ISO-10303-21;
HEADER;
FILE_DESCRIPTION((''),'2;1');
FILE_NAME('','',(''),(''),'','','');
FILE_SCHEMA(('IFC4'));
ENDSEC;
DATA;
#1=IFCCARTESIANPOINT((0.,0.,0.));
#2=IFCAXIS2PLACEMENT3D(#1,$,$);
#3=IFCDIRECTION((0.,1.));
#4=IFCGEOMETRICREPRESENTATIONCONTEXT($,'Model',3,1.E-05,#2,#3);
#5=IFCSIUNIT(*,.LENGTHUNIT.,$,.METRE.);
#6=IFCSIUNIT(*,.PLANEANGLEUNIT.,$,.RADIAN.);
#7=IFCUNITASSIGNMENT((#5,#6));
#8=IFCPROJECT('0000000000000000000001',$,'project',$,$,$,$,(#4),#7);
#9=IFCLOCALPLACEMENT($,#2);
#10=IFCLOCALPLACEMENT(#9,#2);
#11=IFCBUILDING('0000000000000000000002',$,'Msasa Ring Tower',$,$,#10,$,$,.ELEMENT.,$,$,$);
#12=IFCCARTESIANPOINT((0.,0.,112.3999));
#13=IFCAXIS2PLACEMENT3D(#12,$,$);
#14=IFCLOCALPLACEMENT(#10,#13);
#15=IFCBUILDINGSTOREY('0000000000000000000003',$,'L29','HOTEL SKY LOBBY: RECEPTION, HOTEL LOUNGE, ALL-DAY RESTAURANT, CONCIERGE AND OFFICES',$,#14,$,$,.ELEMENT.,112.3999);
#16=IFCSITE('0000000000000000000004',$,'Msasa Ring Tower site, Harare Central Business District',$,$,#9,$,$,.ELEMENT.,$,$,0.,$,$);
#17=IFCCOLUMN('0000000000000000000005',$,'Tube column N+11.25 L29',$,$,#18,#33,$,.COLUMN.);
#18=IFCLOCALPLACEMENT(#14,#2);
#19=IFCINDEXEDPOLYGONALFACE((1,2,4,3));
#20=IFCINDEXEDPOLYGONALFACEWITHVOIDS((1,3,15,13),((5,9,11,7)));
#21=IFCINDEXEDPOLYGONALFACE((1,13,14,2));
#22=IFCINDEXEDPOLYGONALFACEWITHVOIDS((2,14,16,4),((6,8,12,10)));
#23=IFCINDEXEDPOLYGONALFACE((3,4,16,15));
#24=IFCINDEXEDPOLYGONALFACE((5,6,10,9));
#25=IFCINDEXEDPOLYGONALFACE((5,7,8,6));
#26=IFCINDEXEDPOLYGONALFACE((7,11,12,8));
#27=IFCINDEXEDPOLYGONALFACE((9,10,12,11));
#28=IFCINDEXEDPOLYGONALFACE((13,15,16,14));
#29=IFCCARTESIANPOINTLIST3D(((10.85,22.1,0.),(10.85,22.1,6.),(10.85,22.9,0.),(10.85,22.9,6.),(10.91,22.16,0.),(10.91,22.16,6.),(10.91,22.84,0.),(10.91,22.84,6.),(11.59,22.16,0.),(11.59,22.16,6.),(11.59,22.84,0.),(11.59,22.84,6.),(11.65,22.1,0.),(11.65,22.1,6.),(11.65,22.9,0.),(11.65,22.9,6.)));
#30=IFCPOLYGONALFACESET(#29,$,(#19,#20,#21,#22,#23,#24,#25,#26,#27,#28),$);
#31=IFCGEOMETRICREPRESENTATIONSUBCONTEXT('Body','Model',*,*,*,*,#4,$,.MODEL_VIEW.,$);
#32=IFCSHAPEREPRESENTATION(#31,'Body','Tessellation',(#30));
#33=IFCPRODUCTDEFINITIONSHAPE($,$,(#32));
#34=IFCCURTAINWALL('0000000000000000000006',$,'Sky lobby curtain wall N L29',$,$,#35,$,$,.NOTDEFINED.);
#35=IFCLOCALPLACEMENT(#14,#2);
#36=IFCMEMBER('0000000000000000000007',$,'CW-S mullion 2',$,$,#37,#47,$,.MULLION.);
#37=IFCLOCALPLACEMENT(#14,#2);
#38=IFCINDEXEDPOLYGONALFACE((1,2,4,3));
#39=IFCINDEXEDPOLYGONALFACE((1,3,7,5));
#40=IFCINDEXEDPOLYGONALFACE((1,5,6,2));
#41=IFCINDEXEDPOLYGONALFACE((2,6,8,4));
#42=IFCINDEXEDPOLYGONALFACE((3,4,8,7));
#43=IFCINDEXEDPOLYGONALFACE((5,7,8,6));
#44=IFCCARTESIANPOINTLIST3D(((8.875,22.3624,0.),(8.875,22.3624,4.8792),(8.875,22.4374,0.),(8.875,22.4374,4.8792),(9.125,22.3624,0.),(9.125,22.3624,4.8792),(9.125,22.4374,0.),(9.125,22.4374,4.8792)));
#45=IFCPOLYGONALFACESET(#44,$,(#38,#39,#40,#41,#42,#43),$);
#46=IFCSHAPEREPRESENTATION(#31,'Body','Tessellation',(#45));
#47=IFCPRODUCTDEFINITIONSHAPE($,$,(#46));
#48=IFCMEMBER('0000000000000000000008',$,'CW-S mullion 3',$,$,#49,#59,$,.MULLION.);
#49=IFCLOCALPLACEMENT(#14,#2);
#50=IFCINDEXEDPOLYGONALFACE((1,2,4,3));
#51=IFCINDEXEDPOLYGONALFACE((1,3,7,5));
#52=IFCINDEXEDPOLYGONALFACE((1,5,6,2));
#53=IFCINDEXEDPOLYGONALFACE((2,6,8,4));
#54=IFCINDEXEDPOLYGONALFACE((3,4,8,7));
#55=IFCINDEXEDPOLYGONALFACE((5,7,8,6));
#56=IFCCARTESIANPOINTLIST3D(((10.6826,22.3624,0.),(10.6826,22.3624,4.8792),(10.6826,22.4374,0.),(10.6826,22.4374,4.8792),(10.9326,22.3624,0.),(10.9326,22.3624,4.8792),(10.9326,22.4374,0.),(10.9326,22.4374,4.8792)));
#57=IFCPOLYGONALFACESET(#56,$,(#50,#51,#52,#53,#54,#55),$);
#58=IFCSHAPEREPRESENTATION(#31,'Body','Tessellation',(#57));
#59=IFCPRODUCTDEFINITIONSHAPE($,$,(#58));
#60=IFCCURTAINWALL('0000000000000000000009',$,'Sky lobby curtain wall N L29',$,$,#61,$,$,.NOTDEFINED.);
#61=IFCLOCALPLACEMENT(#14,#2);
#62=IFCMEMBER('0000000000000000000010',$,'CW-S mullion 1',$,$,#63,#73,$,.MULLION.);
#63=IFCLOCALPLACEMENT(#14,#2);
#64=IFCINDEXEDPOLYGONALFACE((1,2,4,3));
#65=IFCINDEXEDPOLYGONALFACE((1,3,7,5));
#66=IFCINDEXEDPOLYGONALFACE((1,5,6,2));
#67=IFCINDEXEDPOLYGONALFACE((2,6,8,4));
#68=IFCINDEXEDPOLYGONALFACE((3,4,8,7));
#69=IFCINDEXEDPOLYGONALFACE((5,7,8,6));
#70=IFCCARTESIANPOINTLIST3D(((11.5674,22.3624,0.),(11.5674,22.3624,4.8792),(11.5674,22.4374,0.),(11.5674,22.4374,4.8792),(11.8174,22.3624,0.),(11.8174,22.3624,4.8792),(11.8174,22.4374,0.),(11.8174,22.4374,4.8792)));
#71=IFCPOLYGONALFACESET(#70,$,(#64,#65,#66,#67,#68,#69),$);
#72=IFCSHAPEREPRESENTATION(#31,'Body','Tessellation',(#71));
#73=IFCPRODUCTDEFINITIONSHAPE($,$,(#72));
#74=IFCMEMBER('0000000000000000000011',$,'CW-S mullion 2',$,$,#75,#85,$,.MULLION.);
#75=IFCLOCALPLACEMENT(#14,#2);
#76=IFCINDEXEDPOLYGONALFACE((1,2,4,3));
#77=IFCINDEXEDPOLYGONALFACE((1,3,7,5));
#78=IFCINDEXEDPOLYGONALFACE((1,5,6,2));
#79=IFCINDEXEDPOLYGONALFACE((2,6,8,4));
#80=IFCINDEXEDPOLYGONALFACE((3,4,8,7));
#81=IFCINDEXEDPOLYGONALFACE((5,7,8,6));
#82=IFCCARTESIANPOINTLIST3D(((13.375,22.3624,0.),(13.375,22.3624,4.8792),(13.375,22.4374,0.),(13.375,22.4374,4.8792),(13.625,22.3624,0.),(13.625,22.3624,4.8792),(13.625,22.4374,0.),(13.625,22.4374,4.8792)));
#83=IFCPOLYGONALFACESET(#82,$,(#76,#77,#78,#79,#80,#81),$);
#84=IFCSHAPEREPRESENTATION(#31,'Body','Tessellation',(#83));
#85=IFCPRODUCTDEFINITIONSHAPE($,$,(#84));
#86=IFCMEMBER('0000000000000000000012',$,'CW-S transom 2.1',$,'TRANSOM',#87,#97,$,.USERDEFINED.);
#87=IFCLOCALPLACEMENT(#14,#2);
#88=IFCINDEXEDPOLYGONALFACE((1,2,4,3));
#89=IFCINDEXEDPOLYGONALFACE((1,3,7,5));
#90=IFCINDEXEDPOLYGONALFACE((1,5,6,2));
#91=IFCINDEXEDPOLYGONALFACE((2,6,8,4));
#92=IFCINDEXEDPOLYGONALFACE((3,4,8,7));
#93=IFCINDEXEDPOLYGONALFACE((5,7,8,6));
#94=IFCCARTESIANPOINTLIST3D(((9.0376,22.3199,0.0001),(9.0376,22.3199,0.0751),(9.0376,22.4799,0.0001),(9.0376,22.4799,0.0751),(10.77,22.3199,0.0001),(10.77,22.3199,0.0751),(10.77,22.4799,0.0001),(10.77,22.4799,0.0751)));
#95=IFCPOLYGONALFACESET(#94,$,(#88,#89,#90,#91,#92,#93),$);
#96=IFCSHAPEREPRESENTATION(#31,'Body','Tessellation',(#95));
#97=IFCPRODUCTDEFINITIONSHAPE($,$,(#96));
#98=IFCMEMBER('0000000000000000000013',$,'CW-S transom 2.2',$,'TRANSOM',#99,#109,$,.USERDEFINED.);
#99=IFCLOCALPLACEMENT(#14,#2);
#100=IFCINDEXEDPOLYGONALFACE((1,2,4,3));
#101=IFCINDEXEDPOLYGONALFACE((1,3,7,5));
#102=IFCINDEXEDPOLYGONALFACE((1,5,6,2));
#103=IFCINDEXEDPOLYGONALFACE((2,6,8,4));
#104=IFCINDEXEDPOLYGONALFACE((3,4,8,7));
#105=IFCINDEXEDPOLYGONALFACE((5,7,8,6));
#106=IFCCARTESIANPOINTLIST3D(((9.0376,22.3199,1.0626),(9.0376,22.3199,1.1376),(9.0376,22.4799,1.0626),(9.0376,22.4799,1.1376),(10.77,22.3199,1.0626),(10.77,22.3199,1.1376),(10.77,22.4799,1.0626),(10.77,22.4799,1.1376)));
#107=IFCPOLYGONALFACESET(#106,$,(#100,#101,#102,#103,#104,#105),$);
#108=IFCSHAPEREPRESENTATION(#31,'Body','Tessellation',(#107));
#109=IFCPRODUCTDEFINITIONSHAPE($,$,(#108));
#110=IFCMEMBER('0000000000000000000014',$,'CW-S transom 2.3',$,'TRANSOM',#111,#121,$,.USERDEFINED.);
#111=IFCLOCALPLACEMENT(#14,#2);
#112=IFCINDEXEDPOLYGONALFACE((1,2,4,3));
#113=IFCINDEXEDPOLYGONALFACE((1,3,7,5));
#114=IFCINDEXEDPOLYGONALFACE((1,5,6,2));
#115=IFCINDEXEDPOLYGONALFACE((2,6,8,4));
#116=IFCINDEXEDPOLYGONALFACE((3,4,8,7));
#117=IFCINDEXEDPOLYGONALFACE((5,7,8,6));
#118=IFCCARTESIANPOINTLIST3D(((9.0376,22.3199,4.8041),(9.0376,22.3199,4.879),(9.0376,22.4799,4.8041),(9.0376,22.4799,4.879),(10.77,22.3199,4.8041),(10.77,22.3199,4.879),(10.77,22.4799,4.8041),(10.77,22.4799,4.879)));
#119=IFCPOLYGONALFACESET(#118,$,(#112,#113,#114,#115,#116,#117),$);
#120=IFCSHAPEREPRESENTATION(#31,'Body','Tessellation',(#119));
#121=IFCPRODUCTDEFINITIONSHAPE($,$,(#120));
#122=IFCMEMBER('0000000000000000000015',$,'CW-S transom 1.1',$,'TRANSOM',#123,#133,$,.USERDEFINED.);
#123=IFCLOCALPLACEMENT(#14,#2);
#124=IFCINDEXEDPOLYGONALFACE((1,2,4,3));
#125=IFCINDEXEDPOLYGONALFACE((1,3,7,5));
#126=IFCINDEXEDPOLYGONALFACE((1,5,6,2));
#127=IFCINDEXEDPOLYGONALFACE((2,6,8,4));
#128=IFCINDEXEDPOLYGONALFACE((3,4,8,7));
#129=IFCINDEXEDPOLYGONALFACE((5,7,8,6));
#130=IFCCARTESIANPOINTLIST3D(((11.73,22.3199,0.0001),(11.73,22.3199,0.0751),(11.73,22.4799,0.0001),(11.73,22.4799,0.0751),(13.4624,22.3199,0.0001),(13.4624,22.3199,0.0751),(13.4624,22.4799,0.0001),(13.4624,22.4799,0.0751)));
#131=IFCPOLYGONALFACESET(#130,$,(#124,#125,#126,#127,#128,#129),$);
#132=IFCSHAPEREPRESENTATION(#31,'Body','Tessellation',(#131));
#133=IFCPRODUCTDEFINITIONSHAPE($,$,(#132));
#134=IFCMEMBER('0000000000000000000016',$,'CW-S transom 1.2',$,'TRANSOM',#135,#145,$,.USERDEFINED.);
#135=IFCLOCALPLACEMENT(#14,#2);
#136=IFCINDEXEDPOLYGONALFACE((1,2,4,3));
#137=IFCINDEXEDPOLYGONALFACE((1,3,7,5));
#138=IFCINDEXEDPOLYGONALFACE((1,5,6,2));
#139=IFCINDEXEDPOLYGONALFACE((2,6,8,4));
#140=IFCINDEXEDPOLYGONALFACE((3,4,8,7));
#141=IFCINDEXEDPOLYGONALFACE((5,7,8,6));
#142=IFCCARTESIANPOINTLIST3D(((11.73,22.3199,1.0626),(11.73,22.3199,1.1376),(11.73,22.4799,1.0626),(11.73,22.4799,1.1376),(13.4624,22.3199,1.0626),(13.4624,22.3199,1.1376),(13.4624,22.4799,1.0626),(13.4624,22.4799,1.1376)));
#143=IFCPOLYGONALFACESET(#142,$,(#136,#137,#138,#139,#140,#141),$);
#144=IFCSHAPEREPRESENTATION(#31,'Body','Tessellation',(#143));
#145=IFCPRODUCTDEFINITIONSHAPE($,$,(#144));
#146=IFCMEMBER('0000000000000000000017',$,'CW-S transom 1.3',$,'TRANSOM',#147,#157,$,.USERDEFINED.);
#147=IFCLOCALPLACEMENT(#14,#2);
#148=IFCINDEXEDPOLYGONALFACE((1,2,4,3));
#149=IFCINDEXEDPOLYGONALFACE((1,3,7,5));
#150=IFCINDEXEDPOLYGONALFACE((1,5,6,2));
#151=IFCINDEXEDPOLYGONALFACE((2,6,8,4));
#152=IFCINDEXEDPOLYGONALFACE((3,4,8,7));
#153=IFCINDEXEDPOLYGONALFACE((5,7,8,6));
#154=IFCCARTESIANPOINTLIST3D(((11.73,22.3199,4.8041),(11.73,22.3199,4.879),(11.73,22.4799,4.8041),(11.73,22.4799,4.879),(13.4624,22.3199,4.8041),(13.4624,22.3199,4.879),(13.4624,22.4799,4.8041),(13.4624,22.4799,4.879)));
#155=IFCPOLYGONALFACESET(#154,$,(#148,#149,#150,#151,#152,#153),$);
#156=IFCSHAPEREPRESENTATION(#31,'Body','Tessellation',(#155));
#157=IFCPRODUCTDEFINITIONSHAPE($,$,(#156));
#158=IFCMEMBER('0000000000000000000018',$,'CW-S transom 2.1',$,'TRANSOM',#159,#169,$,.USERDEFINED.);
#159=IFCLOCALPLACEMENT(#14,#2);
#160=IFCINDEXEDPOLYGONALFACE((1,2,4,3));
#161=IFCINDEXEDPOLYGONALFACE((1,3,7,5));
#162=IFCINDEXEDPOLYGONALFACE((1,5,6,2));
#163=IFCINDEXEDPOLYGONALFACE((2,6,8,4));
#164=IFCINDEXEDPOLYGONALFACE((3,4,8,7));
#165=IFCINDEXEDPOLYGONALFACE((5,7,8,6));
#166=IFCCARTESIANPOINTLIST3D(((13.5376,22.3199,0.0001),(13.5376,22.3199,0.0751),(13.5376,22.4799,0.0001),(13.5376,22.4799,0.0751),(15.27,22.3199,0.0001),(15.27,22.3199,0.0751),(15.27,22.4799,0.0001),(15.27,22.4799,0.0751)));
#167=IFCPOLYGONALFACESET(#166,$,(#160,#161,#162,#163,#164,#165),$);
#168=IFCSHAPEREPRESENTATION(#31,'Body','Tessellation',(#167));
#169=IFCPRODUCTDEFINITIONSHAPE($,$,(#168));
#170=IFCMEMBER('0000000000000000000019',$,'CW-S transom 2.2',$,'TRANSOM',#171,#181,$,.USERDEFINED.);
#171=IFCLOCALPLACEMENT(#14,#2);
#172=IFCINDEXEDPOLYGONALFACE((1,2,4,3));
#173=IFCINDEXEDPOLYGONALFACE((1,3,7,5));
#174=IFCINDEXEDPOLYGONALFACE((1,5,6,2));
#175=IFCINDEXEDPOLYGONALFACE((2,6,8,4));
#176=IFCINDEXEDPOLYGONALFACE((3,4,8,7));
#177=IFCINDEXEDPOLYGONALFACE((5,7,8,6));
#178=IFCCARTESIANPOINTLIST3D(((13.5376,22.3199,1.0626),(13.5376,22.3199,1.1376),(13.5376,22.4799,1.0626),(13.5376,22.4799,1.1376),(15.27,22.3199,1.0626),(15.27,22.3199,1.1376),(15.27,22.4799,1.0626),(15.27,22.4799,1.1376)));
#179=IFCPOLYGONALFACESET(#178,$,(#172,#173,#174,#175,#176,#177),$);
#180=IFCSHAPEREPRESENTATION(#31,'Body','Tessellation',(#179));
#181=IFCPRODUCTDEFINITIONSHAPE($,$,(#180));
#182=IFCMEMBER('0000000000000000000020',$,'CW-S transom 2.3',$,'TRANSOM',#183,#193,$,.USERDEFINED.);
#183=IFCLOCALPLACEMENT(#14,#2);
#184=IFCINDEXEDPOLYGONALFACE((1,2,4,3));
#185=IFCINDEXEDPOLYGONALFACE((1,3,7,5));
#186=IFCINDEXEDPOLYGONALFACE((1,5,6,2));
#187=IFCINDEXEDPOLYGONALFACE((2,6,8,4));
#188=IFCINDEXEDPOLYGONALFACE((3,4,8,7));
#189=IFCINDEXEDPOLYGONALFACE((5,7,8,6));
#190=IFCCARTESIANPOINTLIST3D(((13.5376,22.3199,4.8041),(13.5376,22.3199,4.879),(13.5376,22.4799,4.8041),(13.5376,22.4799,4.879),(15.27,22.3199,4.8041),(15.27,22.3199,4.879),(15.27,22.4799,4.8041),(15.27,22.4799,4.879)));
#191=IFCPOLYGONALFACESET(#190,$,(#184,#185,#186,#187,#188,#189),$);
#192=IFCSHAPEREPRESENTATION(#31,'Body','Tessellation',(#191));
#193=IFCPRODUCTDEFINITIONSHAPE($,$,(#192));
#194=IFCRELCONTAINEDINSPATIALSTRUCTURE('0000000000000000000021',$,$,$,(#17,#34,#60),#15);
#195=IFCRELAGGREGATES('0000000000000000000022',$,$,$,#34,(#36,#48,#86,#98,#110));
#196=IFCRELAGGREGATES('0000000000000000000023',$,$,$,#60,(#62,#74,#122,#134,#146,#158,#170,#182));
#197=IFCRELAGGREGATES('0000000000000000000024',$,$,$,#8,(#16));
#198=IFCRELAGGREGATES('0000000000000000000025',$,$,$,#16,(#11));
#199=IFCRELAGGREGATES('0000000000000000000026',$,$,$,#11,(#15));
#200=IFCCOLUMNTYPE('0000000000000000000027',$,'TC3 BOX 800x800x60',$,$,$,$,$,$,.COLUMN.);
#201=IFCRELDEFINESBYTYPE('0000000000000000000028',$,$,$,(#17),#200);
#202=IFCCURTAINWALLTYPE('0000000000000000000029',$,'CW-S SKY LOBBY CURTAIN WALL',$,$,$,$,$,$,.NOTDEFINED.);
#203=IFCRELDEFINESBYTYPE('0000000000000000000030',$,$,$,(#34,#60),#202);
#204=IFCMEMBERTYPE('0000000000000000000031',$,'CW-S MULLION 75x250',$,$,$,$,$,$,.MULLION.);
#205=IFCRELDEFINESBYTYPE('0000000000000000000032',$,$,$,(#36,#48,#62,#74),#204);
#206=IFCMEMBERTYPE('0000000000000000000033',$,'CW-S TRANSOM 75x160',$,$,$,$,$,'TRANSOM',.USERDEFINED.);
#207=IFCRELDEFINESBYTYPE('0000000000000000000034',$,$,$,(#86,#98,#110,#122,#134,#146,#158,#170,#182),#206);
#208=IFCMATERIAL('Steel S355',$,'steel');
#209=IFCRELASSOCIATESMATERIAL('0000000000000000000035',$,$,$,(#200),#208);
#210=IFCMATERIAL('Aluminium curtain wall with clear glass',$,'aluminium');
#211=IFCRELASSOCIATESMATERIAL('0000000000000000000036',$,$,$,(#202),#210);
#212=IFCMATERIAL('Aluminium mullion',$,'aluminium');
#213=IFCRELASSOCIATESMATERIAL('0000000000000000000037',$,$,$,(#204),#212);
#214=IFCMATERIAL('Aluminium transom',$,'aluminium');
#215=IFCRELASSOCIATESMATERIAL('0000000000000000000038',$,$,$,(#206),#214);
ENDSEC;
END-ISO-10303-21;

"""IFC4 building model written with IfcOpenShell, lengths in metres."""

from ifc_helpers import new_model, si_unit, direction, frame, origin, origin_2d, place, context, subcontext, project, spatial, rectangle, hollow_rectangle, extrude, material, material_profile, profile_set, type_object, element, aggregate, save


model = new_model("IFC4")

# Units and contexts
model_context = context("Model", 3, precision=1e-05, world=origin(), true_north=direction((0.0, 1.0)))
body_context = subcontext(model_context, "Body", "Model", "MODEL_VIEW")
ifc_project = project(units=[si_unit("LENGTHUNIT", "METRE"), si_unit("PLANEANGLEUNIT", "RADIAN")], contexts=[model_context])

# Site, building, storey
site_placement = place(None, origin())
site = spatial("IfcSite", under=ifc_project, at=site_placement, Name="Msasa Ring Tower site, Harare Central Business District", CompositionType="ELEMENT", RefElevation=0.0)
building_placement = place(site_placement, origin())
building = spatial("IfcBuilding", under=site, at=building_placement, Name="Msasa Ring Tower", CompositionType="ELEMENT")
storey_placement = place(building_placement, frame((0.0, 0.0, 112.3999)))
storey = spatial("IfcBuildingStorey", under=building, at=storey_placement, Name="L29", Description="HOTEL SKY LOBBY: RECEPTION, HOTEL LOUNGE, ALL-DAY RESTAURANT, CONCIERGE AND OFFICES", CompositionType="ELEMENT", Elevation=112.3999)

# Column
ifc_material_1 = material(Name="Steel S355", Category="steel")
ifc_material_profile_1 = material_profile(ifc_material_1, hollow_rectangle(XDim=0.8, YDim=0.8, WallThickness=0.0601, at=origin_2d()), Name="BOX 800x800x60")
ifc_profile_set_1 = profile_set([ifc_material_profile_1], Name="Steel S355")
column_type = type_object("IfcColumnType", Name="TC3 BOX 800x800x60", PredefinedType="COLUMN", material=ifc_profile_set_1)
column_placement = place(storey_placement, frame((11.25, 22.5, 0.0), z_axis=(0.0, 0.0, 1.0), x_axis=(0.0, 1.0, 0.0)))
element("IfcColumn", 1, at=column_placement, inside=storey, type_object=column_type, Name="Tube column N+11.25 L29", PredefinedType="COLUMN", context=body_context, shape_type="SweptSolid", body=[
    extrude(hollow_rectangle(XDim=0.8, YDim=0.8, WallThickness=0.0601, at=origin_2d()), origin(), (0.0, 0.0, 1.0), 6.0),
])

# Curtain walls, members
ifc_material_2 = material(Name="Aluminium curtain wall with clear glass", Category="aluminium")
curtain_wall_type = type_object("IfcCurtainWallType", Name="CW-S SKY LOBBY CURTAIN WALL", PredefinedType="NOTDEFINED", material=ifc_material_2)
curtain_wall_1_placement = place(storey_placement, origin())
curtain_wall_1 = element("IfcCurtainWall", 2, at=curtain_wall_1_placement, inside=storey, type_object=curtain_wall_type, Name="Sky lobby curtain wall N L29", PredefinedType="NOTDEFINED")
ifc_material_3 = material(Name="Aluminium mullion", Category="aluminium")
ifc_material_profile_2 = material_profile(ifc_material_3, rectangle(XDim=0.075, YDim=0.25, at=origin_2d()), Name="AL 75x250")
ifc_profile_set_2 = profile_set([ifc_material_profile_2], Name="Aluminium mullion")
member_type_1 = type_object("IfcMemberType", Name="CW-S MULLION 75x250", PredefinedType="MULLION", material=ifc_profile_set_2)
member_1_placement = place(storey_placement, frame((9.0, 22.3999, 0.0), z_axis=(0.0, 0.0, 1.0), x_axis=(0.0, 1.0, 0.0)))
member_1 = element("IfcMember", 3, at=member_1_placement, type_object=member_type_1, Name="CW-S mullion 2", PredefinedType="MULLION", context=body_context, shape_type="SweptSolid", body=[
    extrude(rectangle(XDim=0.075, YDim=0.25, at=origin_2d()), origin(), (0.0, 0.0, 1.0), 4.8792),
])
member_2_placement = place(storey_placement, frame((10.8076, 22.3999, 0.0), z_axis=(0.0, 0.0, 1.0), x_axis=(0.0, 1.0, 0.0)))
member_2 = element("IfcMember", 4, at=member_2_placement, type_object=member_type_1, Name="CW-S mullion 3", PredefinedType="MULLION", context=body_context, shape_type="SweptSolid", body=[
    extrude(rectangle(XDim=0.075, YDim=0.25, at=origin_2d()), origin(), (0.0, 0.0, 1.0), 4.8792),
])
curtain_wall_2_placement = place(storey_placement, origin())
curtain_wall_2 = element("IfcCurtainWall", 5, at=curtain_wall_2_placement, inside=storey, type_object=curtain_wall_type, Name="Sky lobby curtain wall N L29", PredefinedType="NOTDEFINED")
member_3_placement = place(storey_placement, frame((11.6924, 22.3999, 0.0), z_axis=(0.0, 0.0, 1.0), x_axis=(0.0, 1.0, 0.0)))
member_3 = element("IfcMember", 6, at=member_3_placement, type_object=member_type_1, Name="CW-S mullion 1", PredefinedType="MULLION", context=body_context, shape_type="SweptSolid", body=[
    extrude(rectangle(XDim=0.075, YDim=0.25, at=origin_2d()), origin(), (0.0, 0.0, 1.0), 4.8792),
])
member_4_placement = place(storey_placement, frame((13.5, 22.3999, 0.0), z_axis=(0.0, 0.0, 1.0), x_axis=(0.0, 1.0, 0.0)))
member_4 = element("IfcMember", 7, at=member_4_placement, type_object=member_type_1, Name="CW-S mullion 2", PredefinedType="MULLION", context=body_context, shape_type="SweptSolid", body=[
    extrude(rectangle(XDim=0.075, YDim=0.25, at=origin_2d()), origin(), (0.0, 0.0, 1.0), 4.8792),
])

# Members
ifc_material_4 = material(Name="Aluminium transom", Category="aluminium")
ifc_material_profile_3 = material_profile(ifc_material_4, rectangle(XDim=0.1599, YDim=0.075, at=origin_2d()), Name="AL 75x160")
ifc_profile_set_3 = profile_set([ifc_material_profile_3], Name="Aluminium transom")
member_type_2 = type_object("IfcMemberType", Name="CW-S TRANSOM 75x160", ElementType="TRANSOM", PredefinedType="USERDEFINED", material=ifc_profile_set_3)
member_5_placement = place(storey_placement, frame((9.0376, 22.3999, 0.0376), z_axis=(1.0, 0.0, 0.0), x_axis=(0.0, 1.0, 0.0)))
member_5 = element("IfcMember", 8, at=member_5_placement, type_object=member_type_2, Name="CW-S transom 2.1", ObjectType="TRANSOM", PredefinedType="USERDEFINED", context=body_context, shape_type="SweptSolid", body=[
    extrude(rectangle(XDim=0.1599, YDim=0.075, at=origin_2d()), origin(), (0.0, 0.0, 1.0), 1.7324),
])
member_6_placement = place(storey_placement, frame((9.0376, 22.3999, 1.1001), z_axis=(1.0, 0.0, 0.0), x_axis=(0.0, 1.0, 0.0)))
member_6 = element("IfcMember", 9, at=member_6_placement, type_object=member_type_2, Name="CW-S transom 2.2", ObjectType="TRANSOM", PredefinedType="USERDEFINED", context=body_context, shape_type="SweptSolid", body=[
    extrude(rectangle(XDim=0.1599, YDim=0.075, at=origin_2d()), origin(), (0.0, 0.0, 1.0), 1.7324),
])
member_7_placement = place(storey_placement, frame((9.0376, 22.3999, 4.8416), z_axis=(1.0, 0.0, 0.0), x_axis=(0.0, 1.0, 0.0)))
member_7 = element("IfcMember", 10, at=member_7_placement, type_object=member_type_2, Name="CW-S transom 2.3", ObjectType="TRANSOM", PredefinedType="USERDEFINED", context=body_context, shape_type="SweptSolid", body=[
    extrude(rectangle(XDim=0.1599, YDim=0.075, at=origin_2d()), origin(), (0.0, 0.0, 1.0), 1.7324),
])
member_8_placement = place(storey_placement, frame((11.73, 22.3999, 0.0376), z_axis=(1.0, 0.0, 0.0), x_axis=(0.0, 1.0, 0.0)))
member_8 = element("IfcMember", 11, at=member_8_placement, type_object=member_type_2, Name="CW-S transom 1.1", ObjectType="TRANSOM", PredefinedType="USERDEFINED", context=body_context, shape_type="SweptSolid", body=[
    extrude(rectangle(XDim=0.1599, YDim=0.075, at=origin_2d()), origin(), (0.0, 0.0, 1.0), 1.7324),
])
member_9_placement = place(storey_placement, frame((11.73, 22.3999, 1.1001), z_axis=(1.0, 0.0, 0.0), x_axis=(0.0, 1.0, 0.0)))
member_9 = element("IfcMember", 12, at=member_9_placement, type_object=member_type_2, Name="CW-S transom 1.2", ObjectType="TRANSOM", PredefinedType="USERDEFINED", context=body_context, shape_type="SweptSolid", body=[
    extrude(rectangle(XDim=0.1599, YDim=0.075, at=origin_2d()), origin(), (0.0, 0.0, 1.0), 1.7324),
])
member_10_placement = place(storey_placement, frame((11.73, 22.3999, 4.8416), z_axis=(1.0, 0.0, 0.0), x_axis=(0.0, 1.0, 0.0)))
member_10 = element("IfcMember", 13, at=member_10_placement, type_object=member_type_2, Name="CW-S transom 1.3", ObjectType="TRANSOM", PredefinedType="USERDEFINED", context=body_context, shape_type="SweptSolid", body=[
    extrude(rectangle(XDim=0.1599, YDim=0.075, at=origin_2d()), origin(), (0.0, 0.0, 1.0), 1.7324),
])
member_11_placement = place(storey_placement, frame((13.5376, 22.3999, 0.0376), z_axis=(1.0, 0.0, 0.0), x_axis=(0.0, 1.0, 0.0)))
member_11 = element("IfcMember", 14, at=member_11_placement, type_object=member_type_2, Name="CW-S transom 2.1", ObjectType="TRANSOM", PredefinedType="USERDEFINED", context=body_context, shape_type="SweptSolid", body=[
    extrude(rectangle(XDim=0.1599, YDim=0.075, at=origin_2d()), origin(), (0.0, 0.0, 1.0), 1.7324),
])
member_12_placement = place(storey_placement, frame((13.5376, 22.3999, 1.1001), z_axis=(1.0, 0.0, 0.0), x_axis=(0.0, 1.0, 0.0)))
member_12 = element("IfcMember", 15, at=member_12_placement, type_object=member_type_2, Name="CW-S transom 2.2", ObjectType="TRANSOM", PredefinedType="USERDEFINED", context=body_context, shape_type="SweptSolid", body=[
    extrude(rectangle(XDim=0.1599, YDim=0.075, at=origin_2d()), origin(), (0.0, 0.0, 1.0), 1.7324),
])
member_13_placement = place(storey_placement, frame((13.5376, 22.3999, 4.8416), z_axis=(1.0, 0.0, 0.0), x_axis=(0.0, 1.0, 0.0)))
member_13 = element("IfcMember", 16, at=member_13_placement, type_object=member_type_2, Name="CW-S transom 2.3", ObjectType="TRANSOM", PredefinedType="USERDEFINED", context=body_context, shape_type="SweptSolid", body=[
    extrude(rectangle(XDim=0.1599, YDim=0.075, at=origin_2d()), origin(), (0.0, 0.0, 1.0), 1.7324),
])

aggregate(curtain_wall_1, [member_1, member_2, member_5, member_6, member_7])
aggregate(curtain_wall_2, [member_3, member_4, member_8, member_9, member_10, member_11, member_12, member_13])

save(model, "model.ifc")
